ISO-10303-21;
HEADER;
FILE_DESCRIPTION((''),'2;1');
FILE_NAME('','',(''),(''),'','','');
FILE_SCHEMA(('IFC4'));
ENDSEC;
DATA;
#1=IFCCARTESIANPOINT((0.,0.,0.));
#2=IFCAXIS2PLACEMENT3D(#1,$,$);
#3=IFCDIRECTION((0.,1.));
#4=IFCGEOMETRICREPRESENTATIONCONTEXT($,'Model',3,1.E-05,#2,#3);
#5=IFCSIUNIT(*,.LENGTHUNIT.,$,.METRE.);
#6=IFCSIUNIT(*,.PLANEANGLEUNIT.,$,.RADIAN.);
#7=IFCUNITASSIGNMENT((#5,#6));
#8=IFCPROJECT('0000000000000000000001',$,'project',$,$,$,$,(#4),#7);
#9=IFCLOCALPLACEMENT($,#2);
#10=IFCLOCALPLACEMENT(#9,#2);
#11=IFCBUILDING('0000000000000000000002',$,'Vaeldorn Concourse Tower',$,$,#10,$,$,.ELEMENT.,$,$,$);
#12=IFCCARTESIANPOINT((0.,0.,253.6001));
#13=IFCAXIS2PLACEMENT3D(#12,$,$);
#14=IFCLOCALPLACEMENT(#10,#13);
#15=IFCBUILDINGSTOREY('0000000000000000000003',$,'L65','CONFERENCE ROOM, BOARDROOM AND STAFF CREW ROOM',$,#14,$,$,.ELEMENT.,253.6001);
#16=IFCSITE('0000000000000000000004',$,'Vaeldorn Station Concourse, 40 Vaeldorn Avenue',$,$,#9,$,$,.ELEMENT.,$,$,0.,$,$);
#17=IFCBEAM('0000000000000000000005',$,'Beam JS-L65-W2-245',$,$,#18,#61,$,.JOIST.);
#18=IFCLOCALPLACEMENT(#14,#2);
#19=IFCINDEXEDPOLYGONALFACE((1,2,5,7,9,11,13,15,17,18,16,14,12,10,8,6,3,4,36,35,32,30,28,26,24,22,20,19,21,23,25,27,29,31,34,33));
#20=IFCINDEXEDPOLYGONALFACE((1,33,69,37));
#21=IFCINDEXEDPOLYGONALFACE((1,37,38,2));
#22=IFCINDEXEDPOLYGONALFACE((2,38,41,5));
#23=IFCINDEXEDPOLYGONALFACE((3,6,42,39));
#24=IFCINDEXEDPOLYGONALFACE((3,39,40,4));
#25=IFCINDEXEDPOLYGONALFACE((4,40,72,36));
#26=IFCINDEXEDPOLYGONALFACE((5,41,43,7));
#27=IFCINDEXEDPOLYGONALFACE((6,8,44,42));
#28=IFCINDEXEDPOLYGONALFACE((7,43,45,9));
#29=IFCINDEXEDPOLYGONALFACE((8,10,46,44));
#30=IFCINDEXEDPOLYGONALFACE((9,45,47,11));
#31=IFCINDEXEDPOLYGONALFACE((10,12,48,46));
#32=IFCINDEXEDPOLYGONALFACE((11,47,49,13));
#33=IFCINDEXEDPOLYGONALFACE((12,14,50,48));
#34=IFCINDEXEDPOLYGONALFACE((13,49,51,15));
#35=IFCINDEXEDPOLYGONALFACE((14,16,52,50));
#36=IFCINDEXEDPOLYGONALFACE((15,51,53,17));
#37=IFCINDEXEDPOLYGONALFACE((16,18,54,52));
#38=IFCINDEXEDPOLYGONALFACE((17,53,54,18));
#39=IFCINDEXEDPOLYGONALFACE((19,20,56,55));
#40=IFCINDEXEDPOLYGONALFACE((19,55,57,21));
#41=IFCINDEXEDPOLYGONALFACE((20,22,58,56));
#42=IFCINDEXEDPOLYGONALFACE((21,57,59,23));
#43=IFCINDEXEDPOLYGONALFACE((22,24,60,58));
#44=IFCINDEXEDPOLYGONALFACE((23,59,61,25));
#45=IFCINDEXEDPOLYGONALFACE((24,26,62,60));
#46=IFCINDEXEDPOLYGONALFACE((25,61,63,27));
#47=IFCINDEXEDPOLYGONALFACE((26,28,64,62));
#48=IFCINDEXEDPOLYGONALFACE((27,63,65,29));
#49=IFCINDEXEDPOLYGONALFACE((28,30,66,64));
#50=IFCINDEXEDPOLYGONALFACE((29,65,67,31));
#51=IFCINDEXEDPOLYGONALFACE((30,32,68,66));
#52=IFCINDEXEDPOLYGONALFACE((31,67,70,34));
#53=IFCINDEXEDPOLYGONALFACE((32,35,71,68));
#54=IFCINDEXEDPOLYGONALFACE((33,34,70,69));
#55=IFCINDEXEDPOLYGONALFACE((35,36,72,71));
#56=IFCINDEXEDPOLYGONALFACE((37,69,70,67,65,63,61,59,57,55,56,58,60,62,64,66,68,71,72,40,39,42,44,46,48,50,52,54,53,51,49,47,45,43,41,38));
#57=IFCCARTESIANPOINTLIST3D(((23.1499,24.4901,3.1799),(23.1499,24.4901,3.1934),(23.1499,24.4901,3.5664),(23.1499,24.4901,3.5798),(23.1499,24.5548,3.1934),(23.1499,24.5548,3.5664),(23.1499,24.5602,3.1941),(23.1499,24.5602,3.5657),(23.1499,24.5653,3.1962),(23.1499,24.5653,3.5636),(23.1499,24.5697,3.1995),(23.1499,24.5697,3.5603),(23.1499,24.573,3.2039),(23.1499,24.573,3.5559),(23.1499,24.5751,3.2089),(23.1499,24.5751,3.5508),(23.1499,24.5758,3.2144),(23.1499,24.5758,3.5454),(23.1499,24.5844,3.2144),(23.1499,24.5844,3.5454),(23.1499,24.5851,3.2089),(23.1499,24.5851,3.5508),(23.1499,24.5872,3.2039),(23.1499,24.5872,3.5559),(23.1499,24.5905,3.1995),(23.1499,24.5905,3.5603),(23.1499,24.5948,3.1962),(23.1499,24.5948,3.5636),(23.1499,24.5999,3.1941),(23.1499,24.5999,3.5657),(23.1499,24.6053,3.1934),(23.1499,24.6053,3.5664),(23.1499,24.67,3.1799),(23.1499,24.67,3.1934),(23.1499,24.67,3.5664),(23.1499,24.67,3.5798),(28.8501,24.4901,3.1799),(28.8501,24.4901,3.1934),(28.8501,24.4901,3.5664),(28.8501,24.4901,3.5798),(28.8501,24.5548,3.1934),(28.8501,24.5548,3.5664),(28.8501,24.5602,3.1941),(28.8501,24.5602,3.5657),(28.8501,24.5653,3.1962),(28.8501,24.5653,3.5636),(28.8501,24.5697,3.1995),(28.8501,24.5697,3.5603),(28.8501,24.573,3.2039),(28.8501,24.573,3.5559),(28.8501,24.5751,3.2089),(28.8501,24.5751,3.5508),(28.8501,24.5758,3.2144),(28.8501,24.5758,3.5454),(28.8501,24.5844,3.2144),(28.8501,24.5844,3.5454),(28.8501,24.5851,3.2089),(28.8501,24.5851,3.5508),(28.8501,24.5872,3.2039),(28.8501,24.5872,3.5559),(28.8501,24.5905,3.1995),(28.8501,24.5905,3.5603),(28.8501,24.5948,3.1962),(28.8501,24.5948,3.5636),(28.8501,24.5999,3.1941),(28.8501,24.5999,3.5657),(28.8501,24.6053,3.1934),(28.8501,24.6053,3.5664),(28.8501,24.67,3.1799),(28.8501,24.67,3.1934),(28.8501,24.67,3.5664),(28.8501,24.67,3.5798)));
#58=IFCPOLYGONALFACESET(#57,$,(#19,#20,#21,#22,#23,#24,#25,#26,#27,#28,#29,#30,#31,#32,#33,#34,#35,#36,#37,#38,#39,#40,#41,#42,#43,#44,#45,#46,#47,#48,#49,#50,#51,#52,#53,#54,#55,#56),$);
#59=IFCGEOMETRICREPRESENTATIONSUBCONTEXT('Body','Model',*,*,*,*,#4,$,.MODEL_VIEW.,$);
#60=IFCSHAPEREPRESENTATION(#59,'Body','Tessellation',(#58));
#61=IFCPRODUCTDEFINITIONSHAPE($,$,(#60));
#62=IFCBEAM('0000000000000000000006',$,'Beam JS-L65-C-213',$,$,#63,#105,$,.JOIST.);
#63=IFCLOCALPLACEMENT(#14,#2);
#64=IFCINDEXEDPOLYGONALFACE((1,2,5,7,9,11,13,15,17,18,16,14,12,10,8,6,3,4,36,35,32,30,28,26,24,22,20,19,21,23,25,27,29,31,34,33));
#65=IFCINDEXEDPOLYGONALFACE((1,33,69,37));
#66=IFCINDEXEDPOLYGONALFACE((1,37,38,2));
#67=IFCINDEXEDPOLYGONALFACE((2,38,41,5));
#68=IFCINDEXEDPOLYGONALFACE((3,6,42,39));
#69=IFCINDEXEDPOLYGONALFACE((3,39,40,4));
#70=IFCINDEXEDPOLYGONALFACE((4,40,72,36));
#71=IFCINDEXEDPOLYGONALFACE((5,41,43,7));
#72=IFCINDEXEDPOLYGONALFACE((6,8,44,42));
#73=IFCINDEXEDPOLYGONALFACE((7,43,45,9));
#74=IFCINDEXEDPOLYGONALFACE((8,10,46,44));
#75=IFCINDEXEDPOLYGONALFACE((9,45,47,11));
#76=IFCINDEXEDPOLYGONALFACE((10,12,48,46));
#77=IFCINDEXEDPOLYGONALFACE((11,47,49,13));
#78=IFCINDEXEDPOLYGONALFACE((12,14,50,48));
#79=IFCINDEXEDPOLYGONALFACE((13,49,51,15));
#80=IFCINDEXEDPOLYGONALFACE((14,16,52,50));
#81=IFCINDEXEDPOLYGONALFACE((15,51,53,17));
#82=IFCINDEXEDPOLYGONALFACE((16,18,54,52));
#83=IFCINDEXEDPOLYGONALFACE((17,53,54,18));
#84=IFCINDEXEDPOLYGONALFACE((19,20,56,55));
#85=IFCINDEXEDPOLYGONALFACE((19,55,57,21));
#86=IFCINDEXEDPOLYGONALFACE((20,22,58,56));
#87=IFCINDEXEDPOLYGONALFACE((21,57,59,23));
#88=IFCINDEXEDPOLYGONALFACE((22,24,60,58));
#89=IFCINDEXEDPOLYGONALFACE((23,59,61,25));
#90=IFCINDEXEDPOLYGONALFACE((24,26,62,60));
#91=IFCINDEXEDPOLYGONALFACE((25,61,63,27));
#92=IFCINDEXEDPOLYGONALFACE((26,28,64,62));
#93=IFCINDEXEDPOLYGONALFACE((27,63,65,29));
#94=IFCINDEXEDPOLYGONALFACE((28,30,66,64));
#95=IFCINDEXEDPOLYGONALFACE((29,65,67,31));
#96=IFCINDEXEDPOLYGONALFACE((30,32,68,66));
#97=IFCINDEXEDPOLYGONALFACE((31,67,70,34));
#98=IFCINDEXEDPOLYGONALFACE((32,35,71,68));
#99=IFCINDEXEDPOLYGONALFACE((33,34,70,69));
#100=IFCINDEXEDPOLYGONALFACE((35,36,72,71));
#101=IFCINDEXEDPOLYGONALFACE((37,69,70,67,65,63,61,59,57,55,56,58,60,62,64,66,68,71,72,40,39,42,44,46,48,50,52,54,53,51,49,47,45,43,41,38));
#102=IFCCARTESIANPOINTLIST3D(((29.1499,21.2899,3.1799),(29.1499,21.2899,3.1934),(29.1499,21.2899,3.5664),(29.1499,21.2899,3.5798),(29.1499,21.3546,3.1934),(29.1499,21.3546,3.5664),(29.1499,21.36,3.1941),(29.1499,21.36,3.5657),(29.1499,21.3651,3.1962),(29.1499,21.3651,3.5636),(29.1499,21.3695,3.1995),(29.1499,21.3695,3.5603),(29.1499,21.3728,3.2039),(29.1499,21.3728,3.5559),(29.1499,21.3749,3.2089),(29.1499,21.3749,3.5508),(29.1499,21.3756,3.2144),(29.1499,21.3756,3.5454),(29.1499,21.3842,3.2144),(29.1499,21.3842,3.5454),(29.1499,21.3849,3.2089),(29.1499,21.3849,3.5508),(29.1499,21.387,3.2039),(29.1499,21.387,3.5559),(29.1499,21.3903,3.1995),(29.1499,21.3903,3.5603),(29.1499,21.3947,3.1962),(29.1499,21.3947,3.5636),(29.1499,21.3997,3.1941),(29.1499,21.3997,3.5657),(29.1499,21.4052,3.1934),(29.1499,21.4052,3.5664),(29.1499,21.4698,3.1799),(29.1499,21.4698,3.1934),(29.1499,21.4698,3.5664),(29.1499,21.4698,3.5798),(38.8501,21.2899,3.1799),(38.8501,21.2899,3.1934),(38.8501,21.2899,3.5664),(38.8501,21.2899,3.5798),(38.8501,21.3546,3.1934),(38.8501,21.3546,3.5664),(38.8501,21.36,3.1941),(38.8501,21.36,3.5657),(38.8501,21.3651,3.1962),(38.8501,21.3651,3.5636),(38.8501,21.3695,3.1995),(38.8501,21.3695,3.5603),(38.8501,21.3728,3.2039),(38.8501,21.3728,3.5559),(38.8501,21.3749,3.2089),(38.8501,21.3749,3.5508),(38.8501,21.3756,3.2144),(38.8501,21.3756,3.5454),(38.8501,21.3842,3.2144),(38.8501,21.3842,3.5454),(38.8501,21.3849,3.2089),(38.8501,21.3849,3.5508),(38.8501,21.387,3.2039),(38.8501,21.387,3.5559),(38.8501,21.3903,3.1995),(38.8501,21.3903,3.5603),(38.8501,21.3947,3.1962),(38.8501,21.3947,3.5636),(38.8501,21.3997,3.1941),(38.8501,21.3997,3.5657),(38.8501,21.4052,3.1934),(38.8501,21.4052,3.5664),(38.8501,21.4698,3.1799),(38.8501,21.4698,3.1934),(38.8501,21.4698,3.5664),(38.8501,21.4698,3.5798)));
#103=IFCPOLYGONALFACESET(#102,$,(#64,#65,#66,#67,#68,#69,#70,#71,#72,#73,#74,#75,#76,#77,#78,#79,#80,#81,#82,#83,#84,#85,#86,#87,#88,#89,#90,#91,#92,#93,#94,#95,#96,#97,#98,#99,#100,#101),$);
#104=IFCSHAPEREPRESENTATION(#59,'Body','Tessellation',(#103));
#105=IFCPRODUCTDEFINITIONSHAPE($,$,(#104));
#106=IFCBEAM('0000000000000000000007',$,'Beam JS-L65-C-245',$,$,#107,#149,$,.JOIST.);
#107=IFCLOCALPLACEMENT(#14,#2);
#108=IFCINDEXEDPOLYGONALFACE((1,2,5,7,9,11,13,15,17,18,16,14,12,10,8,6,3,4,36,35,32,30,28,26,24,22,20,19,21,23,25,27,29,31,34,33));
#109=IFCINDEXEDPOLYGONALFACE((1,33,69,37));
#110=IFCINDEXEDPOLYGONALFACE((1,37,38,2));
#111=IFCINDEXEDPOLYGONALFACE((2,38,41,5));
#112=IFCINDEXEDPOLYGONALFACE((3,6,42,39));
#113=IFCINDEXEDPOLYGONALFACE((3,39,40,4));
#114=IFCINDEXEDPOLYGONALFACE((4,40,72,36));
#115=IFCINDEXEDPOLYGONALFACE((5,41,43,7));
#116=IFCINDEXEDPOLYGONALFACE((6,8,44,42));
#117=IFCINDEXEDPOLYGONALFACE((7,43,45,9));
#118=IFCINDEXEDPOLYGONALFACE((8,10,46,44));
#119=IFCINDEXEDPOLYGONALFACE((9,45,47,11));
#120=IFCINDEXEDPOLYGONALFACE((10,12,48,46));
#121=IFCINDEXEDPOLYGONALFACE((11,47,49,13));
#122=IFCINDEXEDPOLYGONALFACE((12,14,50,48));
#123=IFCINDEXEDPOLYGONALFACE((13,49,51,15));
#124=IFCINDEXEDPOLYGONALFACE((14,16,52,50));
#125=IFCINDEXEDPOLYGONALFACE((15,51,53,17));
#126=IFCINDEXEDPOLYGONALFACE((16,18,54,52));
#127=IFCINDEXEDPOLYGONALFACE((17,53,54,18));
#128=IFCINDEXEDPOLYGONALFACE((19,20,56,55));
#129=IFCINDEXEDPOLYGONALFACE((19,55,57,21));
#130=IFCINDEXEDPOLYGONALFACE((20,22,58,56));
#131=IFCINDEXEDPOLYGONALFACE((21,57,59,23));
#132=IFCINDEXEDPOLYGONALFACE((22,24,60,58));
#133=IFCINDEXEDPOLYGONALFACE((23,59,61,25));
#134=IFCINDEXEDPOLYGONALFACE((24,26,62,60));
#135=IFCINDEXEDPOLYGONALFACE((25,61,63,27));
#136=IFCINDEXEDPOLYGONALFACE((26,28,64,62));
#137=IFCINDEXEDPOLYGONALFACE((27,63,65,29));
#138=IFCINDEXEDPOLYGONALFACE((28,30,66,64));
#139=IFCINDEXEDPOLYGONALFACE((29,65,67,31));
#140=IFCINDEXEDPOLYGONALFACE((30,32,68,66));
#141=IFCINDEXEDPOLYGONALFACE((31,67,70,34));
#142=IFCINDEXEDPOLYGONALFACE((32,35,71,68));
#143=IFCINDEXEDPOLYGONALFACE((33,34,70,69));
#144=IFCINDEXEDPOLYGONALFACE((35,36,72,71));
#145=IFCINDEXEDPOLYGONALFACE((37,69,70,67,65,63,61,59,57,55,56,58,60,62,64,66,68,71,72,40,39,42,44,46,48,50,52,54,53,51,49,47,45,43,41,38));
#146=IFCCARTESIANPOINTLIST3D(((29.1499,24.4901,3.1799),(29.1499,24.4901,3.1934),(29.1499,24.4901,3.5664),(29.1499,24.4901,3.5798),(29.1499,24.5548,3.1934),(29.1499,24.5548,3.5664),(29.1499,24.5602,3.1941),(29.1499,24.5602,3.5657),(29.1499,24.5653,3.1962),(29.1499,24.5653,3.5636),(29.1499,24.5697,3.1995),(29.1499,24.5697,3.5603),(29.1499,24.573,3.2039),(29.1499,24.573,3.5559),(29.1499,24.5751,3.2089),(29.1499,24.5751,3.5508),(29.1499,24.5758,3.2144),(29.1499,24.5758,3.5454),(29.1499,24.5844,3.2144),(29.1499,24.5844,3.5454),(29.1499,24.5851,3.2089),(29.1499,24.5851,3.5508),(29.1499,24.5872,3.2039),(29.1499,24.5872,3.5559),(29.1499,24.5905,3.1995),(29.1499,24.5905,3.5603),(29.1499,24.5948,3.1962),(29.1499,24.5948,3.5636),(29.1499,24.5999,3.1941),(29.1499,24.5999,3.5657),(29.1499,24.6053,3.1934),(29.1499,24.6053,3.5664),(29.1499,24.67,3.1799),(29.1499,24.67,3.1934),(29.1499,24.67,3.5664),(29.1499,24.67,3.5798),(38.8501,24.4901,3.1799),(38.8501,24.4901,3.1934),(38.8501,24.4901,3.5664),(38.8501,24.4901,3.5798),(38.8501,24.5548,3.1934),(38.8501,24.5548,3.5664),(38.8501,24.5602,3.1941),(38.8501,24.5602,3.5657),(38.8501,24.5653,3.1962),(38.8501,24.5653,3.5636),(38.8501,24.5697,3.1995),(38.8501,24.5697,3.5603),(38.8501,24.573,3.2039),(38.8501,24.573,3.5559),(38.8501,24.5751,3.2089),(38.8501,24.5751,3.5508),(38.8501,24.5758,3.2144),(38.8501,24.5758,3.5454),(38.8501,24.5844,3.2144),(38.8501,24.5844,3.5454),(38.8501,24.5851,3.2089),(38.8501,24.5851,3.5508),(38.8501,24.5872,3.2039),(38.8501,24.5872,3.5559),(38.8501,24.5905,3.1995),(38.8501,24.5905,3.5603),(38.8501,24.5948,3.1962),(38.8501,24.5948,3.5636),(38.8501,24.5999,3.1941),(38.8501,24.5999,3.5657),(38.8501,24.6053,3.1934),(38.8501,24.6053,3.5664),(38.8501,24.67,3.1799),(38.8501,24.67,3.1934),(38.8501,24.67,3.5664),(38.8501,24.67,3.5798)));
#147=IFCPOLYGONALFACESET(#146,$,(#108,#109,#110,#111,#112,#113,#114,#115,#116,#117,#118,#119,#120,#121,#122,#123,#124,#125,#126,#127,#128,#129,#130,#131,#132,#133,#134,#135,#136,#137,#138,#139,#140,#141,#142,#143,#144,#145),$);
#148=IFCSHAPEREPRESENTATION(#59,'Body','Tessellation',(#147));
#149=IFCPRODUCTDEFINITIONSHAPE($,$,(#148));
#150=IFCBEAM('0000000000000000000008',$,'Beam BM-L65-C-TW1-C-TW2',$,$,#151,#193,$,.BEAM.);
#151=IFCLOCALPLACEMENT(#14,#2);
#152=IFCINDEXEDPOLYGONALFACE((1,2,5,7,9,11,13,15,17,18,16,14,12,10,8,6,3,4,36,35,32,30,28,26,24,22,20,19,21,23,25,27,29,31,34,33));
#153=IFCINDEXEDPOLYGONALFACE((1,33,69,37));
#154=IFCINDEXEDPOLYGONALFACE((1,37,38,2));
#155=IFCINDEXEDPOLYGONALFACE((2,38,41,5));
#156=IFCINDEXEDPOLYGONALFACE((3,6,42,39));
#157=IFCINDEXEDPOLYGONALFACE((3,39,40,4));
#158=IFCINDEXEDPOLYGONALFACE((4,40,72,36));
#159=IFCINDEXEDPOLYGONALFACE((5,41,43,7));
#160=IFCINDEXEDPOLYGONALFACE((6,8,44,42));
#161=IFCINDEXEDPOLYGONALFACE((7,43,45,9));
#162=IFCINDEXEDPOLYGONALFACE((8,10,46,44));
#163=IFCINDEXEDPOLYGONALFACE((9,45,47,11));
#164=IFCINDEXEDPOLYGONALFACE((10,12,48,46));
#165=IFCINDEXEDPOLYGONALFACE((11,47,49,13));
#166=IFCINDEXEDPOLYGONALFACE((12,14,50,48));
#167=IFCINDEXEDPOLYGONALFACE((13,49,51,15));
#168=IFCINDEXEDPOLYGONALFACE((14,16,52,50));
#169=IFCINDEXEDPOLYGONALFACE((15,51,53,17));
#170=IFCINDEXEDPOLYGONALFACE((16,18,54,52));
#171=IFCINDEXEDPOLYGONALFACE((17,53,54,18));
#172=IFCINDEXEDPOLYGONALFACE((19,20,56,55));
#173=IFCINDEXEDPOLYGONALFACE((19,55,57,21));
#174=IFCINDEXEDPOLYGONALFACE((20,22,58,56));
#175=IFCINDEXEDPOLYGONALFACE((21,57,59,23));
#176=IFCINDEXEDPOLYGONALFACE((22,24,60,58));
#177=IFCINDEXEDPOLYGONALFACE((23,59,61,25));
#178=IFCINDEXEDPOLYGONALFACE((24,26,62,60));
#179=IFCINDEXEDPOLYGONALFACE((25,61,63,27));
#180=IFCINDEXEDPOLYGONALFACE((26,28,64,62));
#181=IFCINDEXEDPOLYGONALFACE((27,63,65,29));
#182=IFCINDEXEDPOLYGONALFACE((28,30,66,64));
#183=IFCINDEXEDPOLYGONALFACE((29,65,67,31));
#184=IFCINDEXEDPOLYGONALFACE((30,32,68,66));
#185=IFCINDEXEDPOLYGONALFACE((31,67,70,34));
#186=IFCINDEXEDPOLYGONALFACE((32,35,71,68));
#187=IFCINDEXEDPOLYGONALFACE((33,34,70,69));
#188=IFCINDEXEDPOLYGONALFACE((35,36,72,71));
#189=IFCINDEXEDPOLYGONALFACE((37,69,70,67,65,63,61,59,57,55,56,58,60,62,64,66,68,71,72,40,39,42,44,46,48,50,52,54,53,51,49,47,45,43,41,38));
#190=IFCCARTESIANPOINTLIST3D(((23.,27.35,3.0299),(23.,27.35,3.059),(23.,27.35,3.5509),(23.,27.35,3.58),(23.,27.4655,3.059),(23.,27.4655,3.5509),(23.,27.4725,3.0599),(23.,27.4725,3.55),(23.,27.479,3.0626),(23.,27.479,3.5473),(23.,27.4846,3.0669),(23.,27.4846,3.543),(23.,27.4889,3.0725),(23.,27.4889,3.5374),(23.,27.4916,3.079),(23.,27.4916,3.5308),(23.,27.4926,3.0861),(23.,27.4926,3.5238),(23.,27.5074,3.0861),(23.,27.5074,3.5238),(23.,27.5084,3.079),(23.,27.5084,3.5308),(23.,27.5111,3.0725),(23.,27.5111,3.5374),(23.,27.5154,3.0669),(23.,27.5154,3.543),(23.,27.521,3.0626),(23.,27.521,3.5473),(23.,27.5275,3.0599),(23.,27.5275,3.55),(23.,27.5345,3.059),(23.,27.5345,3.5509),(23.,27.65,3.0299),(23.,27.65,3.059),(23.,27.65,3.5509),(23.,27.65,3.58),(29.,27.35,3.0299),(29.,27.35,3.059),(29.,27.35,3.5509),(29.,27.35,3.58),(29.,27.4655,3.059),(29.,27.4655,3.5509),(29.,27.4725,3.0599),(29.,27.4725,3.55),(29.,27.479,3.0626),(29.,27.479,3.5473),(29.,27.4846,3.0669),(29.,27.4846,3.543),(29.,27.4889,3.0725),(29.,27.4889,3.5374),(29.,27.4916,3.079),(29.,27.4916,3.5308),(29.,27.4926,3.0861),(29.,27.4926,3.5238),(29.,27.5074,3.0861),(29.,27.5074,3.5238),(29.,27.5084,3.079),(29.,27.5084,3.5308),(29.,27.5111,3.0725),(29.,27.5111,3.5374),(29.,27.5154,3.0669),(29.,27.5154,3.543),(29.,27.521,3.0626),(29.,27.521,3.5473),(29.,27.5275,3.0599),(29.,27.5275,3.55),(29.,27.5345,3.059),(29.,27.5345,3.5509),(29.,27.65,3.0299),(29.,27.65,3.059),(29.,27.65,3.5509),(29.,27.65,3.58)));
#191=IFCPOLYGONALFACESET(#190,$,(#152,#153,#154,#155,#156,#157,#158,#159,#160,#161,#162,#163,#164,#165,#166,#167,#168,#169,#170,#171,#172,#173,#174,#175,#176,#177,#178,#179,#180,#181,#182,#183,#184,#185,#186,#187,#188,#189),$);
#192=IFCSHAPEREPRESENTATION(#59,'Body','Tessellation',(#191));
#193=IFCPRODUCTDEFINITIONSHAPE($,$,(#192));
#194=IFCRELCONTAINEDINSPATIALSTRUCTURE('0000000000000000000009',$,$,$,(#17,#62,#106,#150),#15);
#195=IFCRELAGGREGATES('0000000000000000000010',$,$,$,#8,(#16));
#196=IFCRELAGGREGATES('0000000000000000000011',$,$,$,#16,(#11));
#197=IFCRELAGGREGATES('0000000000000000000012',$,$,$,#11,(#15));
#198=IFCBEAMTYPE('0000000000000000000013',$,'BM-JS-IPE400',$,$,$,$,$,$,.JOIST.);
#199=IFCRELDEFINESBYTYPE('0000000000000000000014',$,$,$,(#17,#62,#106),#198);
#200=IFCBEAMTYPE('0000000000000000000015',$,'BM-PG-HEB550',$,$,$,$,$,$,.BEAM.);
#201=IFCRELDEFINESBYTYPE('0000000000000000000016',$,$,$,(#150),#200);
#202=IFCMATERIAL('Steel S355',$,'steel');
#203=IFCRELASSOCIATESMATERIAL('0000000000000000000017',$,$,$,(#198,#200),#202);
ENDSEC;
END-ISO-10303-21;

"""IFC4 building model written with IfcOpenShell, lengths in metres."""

from ifc_helpers import new_model, si_unit, direction, frame, origin, origin_2d, place, context, subcontext, project, spatial, i_section, extrude, source, transform, mapped, material, material_profile, profile_set, type_object, element, save


model = new_model("IFC4")

# Units and contexts
model_context = context("Model", 3, precision=1e-05, world=origin(), true_north=direction((0.0, 1.0)))
body_context = subcontext(model_context, "Body", "Model", "MODEL_VIEW")
ifc_project = project(units=[si_unit("LENGTHUNIT", "METRE"), si_unit("PLANEANGLEUNIT", "RADIAN")], contexts=[model_context])

# Site, building, storey
site_placement = place(None, origin())
site = spatial("IfcSite", under=ifc_project, at=site_placement, Name="Vaeldorn Station Concourse, 40 Vaeldorn Avenue", CompositionType="ELEMENT", RefElevation=0.0)
building_placement = place(site_placement, origin())
building = spatial("IfcBuilding", under=site, at=building_placement, Name="Vaeldorn Concourse Tower", CompositionType="ELEMENT")
storey_placement = place(building_placement, frame((0.0, 0.0, 253.6001)))
storey = spatial("IfcBuildingStorey", under=building, at=storey_placement, Name="L65", Description="CONFERENCE ROOM, BOARDROOM AND STAFF CREW ROOM", CompositionType="ELEMENT", Elevation=253.6001)

# Shared definitions
ifc_material_1 = material(Name="Steel S355", Category="steel")

# Beams
ifc_material_profile_1 = material_profile(ifc_material_1, i_section(OverallWidth=0.1799, OverallDepth=0.3999, WebThickness=0.0085, FlangeThickness=0.0134, FilletRadius=0.021, at=origin_2d()), Name="IPE 400")
ifc_profile_set_1 = profile_set([ifc_material_profile_1], Name="Steel S355")
beam_type_1 = type_object("IfcBeamType", Name="BM-JS-IPE400", PredefinedType="JOIST", material=ifc_profile_set_1)
shared_shape_1 = source(origin(), body_context, "Body", "SweptSolid", [
    extrude(i_section(OverallWidth=0.1799, OverallDepth=0.3999, WebThickness=0.0085, FlangeThickness=0.0134, FilletRadius=0.021, at=origin_2d()), origin(), (0.0, 0.0, 1.0), 5.7002),
])
for number, where, z_axis, x_axis, name in (
    (1, (23.1499, 24.5801, 3.3799), (1.0, 0.0, 0.0), (0.0, 1.0, 0.0), "Beam JS-L65-W2-245"),
):
    element("IfcBeam", number, at=place(storey_placement, frame(where, z_axis=z_axis, x_axis=x_axis)), inside=storey, type_object=beam_type_1, Name=name, PredefinedType="JOIST", context=body_context, shape_type="MappedRepresentation", body=[
        mapped(shared_shape_1, transform((0.0, 0.0, 0.0), scale=1.0)),
    ])
shared_shape_2 = source(origin(), body_context, "Body", "SweptSolid", [
    extrude(i_section(OverallWidth=0.1799, OverallDepth=0.3999, WebThickness=0.0085, FlangeThickness=0.0134, FilletRadius=0.021, at=origin_2d()), origin(), (0.0, 0.0, 1.0), 9.7002),
])
for number, where, z_axis, x_axis, name in (
    (2, (29.1499, 21.3799, 3.3799), (1.0, 0.0, 0.0), (0.0, 1.0, 0.0), "Beam JS-L65-C-213"),
    (3, (29.1499, 24.5801, 3.3799), (1.0, 0.0, 0.0), (0.0, 1.0, 0.0), "Beam JS-L65-C-245"),
):
    element("IfcBeam", number, at=place(storey_placement, frame(where, z_axis=z_axis, x_axis=x_axis)), inside=storey, type_object=beam_type_1, Name=name, PredefinedType="JOIST", context=body_context, shape_type="MappedRepresentation", body=[
        mapped(shared_shape_2, transform((0.0, 0.0, 0.0), scale=1.0)),
    ])
ifc_material_profile_2 = material_profile(ifc_material_1, i_section(OverallWidth=0.3, OverallDepth=0.55, WebThickness=0.0149, FlangeThickness=0.0291, FilletRadius=0.0271, at=origin_2d()), Name="HEB 550")
ifc_profile_set_2 = profile_set([ifc_material_profile_2], Name="Steel S355")
beam_type_2 = type_object("IfcBeamType", Name="BM-PG-HEB550", PredefinedType="BEAM", material=ifc_profile_set_2)
shared_shape_3 = source(origin(), body_context, "Body", "SweptSolid", [
    extrude(i_section(OverallWidth=0.3, OverallDepth=0.55, WebThickness=0.0149, FlangeThickness=0.0291, FilletRadius=0.0271, at=origin_2d()), origin(), (0.0, 0.0, 1.0), 6.0),
])
beam_1_placement = place(storey_placement, frame((23.0, 27.5, 3.3049), z_axis=(1.0, 0.0, 0.0), x_axis=(0.0, 1.0, 0.0)))
element("IfcBeam", 4, at=beam_1_placement, inside=storey, type_object=beam_type_2, Name="Beam BM-L65-C-TW1-C-TW2", PredefinedType="BEAM", context=body_context, shape_type="MappedRepresentation", body=[
    mapped(shared_shape_3, transform((0.0, 0.0, 0.0), scale=1.0)),
])

save(model, "model.ifc")
